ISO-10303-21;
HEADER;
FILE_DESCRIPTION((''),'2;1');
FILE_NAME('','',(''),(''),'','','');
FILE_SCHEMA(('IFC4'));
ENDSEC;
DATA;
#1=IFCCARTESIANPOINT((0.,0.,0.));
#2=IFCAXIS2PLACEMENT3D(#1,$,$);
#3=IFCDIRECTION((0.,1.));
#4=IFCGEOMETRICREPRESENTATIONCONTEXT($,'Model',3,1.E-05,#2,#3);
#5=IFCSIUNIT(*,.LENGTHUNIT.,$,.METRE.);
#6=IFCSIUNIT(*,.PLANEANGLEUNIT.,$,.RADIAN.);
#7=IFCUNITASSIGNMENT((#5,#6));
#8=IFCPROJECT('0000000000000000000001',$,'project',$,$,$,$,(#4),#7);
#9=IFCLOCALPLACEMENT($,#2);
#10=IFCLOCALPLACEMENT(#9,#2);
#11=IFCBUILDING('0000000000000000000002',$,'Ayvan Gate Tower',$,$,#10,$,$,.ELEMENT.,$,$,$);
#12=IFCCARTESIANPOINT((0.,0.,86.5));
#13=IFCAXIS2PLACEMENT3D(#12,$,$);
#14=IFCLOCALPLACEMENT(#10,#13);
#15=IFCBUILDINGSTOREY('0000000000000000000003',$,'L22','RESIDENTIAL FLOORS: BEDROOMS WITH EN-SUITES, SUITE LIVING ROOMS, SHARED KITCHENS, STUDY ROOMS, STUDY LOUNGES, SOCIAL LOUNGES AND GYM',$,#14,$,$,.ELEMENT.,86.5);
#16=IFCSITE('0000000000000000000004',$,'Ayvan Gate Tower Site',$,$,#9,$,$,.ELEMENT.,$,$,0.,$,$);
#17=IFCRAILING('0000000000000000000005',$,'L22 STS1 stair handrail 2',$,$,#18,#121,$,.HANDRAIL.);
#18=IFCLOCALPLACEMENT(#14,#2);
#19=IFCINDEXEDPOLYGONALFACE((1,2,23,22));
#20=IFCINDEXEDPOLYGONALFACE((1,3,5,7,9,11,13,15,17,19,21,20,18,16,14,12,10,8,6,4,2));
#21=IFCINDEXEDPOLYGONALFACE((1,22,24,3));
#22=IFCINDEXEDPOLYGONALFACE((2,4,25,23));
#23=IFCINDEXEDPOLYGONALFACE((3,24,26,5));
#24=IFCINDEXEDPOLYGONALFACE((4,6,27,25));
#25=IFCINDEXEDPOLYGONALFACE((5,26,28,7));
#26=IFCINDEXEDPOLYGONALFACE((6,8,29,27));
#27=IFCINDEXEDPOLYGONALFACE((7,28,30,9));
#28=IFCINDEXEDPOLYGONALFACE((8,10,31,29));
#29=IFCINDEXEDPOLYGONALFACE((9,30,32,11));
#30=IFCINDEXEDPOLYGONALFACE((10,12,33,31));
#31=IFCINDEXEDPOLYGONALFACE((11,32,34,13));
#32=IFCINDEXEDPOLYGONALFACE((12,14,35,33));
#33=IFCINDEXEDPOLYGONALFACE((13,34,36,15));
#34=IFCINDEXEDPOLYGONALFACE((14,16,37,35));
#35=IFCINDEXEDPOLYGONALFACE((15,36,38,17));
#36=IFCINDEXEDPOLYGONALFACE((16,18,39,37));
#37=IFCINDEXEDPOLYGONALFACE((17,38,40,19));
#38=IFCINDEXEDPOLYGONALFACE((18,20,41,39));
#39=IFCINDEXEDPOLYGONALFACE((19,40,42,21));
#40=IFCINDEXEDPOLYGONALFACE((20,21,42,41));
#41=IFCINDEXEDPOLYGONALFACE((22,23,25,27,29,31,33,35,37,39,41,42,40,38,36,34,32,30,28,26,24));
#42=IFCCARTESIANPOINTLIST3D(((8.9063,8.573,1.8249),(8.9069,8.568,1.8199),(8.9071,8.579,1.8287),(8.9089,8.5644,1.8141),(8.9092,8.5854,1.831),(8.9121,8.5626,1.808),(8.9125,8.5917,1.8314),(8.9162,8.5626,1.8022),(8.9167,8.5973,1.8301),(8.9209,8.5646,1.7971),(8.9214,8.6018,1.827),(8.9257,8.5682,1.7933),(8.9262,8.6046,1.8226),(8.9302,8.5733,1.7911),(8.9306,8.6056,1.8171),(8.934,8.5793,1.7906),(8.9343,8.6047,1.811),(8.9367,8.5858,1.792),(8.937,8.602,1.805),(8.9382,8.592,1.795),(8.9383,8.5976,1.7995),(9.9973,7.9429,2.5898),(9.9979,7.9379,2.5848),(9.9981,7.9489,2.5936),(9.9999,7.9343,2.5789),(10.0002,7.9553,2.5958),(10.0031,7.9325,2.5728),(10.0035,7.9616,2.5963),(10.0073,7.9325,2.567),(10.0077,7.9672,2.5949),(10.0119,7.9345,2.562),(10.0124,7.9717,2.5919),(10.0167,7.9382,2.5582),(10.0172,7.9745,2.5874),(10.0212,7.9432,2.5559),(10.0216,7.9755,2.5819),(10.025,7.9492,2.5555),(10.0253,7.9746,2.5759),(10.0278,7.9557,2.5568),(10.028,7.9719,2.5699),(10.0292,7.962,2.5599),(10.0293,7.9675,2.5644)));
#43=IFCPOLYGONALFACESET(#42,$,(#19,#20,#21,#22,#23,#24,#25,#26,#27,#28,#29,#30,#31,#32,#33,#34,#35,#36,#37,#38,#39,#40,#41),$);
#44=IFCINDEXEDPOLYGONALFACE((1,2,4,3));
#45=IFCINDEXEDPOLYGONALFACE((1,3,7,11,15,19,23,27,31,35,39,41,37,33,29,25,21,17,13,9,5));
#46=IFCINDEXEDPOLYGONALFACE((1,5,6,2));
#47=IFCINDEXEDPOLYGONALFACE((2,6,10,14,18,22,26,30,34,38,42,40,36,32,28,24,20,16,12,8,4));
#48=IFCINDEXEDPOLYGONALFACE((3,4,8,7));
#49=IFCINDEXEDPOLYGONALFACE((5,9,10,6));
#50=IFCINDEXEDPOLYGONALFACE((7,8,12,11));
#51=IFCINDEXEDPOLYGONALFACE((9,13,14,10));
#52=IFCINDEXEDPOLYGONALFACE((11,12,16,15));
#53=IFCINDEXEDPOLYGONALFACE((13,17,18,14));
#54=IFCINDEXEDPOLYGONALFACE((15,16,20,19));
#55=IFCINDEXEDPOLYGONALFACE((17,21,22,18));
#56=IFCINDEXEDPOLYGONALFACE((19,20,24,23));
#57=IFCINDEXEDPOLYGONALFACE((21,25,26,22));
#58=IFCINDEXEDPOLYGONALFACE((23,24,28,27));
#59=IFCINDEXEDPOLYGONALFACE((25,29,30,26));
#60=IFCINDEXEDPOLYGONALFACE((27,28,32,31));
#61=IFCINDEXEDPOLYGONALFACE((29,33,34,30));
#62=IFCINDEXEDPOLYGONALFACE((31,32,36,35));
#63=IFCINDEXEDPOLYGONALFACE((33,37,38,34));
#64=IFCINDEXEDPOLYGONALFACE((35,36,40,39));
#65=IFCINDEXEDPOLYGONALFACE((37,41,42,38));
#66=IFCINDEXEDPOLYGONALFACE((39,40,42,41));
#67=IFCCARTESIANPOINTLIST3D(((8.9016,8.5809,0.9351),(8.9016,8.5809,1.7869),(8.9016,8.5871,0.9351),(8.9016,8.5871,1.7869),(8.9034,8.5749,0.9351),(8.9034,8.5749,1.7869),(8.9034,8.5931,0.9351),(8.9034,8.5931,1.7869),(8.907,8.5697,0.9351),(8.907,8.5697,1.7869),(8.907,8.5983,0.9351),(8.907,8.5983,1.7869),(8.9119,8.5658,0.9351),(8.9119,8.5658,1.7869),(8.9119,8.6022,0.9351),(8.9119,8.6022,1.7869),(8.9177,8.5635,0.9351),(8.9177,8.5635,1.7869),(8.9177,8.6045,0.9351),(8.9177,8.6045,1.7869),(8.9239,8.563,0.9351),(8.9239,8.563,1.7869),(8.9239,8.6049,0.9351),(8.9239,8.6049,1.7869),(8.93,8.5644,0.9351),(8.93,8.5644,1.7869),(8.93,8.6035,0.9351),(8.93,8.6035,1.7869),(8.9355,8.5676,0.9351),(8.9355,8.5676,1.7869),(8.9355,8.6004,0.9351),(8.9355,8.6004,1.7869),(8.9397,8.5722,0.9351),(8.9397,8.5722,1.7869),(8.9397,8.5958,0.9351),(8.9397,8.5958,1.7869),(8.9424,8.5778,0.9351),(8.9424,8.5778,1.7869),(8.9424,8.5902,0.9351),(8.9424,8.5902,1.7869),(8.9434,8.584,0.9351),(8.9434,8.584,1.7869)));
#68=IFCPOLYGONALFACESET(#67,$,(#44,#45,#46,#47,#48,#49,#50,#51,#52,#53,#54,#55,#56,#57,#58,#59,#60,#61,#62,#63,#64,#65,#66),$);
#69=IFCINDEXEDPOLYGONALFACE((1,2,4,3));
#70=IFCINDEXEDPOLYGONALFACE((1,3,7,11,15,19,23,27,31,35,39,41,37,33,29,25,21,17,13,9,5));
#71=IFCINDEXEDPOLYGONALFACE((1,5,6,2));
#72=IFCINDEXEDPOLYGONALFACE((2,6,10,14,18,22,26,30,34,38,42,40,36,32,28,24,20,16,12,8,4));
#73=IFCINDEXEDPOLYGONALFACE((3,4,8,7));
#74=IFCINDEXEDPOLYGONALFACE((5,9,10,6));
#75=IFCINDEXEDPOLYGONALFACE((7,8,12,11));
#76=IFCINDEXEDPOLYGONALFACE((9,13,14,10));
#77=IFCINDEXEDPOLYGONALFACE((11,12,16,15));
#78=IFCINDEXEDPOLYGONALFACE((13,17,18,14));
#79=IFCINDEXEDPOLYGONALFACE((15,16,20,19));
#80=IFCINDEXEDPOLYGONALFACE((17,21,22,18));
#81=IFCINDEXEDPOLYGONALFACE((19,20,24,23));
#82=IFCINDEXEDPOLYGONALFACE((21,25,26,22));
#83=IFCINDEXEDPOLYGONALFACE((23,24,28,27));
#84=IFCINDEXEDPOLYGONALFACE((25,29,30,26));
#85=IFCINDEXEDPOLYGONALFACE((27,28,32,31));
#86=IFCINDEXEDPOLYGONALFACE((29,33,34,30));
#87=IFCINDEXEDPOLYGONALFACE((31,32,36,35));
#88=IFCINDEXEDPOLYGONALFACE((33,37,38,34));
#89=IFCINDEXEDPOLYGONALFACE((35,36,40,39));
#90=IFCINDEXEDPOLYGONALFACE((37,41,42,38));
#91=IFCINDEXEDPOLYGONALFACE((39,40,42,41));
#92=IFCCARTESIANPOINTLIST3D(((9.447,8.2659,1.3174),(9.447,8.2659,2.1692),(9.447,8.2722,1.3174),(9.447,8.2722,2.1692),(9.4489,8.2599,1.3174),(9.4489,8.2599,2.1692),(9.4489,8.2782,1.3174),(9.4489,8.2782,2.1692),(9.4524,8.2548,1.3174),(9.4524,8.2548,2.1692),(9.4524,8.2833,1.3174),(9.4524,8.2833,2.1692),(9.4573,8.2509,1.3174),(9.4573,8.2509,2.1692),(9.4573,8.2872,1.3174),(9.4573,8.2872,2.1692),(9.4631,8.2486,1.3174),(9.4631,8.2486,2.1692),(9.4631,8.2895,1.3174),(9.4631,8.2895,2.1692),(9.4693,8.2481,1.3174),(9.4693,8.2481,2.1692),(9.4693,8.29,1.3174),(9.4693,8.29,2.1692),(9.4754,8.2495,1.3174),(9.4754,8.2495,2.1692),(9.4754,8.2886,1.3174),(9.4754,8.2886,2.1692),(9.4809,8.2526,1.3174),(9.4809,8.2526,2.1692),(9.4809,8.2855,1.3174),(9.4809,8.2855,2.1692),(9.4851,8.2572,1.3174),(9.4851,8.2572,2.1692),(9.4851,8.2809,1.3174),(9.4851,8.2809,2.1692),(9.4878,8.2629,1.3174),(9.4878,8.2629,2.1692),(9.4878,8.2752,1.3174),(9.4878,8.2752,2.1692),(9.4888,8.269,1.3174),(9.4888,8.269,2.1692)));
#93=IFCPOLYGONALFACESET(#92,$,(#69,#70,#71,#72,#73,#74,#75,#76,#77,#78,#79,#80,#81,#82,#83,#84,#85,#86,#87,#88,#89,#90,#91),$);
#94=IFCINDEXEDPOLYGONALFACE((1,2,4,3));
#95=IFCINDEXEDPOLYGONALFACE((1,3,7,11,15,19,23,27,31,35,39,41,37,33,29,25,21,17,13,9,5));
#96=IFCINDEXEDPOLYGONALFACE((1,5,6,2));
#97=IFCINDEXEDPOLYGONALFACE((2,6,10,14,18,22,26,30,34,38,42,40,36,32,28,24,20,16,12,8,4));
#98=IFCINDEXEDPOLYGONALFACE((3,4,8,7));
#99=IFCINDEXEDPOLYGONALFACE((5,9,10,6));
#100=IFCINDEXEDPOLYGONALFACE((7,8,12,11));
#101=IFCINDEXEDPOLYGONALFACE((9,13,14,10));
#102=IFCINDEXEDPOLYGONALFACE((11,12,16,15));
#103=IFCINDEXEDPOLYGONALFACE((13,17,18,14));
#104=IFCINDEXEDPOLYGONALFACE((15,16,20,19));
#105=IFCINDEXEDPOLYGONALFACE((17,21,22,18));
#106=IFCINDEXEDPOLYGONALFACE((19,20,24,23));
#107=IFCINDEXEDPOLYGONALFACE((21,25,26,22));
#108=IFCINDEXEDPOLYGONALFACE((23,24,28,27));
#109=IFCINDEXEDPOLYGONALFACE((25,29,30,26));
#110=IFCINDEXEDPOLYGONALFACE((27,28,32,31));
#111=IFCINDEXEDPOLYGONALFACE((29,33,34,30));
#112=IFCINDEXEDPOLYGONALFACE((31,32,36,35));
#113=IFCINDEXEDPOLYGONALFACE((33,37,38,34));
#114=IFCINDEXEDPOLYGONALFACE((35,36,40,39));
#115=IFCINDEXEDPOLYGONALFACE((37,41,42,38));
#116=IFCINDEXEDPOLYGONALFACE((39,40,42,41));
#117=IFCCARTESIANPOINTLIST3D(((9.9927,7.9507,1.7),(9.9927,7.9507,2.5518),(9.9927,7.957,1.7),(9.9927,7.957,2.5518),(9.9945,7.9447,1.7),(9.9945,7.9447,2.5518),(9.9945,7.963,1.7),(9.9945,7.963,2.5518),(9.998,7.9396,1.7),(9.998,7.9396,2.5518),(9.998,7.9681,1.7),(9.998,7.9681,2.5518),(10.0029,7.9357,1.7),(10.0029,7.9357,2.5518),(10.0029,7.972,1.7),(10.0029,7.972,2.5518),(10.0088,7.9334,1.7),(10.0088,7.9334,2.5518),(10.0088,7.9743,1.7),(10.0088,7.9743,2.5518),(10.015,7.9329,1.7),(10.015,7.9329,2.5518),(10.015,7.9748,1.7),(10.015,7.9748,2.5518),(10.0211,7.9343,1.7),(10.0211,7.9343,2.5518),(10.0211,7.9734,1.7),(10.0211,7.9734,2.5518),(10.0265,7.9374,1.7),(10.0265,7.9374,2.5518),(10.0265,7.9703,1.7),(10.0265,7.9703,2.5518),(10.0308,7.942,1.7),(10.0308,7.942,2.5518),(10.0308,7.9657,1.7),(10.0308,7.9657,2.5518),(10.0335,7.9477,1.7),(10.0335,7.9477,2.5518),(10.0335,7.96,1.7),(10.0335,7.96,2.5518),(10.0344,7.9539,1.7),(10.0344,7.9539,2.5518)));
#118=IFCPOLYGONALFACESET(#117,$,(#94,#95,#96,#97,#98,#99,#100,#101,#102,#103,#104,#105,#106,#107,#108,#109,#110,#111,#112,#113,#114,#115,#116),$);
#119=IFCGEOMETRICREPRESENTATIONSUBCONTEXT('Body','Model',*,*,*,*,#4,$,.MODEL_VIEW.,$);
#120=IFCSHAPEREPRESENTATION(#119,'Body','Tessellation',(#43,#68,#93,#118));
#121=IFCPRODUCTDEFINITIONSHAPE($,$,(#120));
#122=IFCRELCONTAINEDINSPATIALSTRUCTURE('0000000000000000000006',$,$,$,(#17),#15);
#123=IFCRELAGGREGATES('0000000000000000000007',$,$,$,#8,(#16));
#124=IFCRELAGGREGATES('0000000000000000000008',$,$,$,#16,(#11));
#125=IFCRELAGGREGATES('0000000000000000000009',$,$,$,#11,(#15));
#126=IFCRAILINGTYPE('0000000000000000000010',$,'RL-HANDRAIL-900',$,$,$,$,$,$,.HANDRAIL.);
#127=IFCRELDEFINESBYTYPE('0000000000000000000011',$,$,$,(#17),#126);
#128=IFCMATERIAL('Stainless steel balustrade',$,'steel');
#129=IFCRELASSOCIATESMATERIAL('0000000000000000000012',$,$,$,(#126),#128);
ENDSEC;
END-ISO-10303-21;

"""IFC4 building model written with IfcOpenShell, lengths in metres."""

from ifc_helpers import new_model, si_unit, direction, frame, origin, origin_2d, place, context, subcontext, project, spatial, circle, extrude, material, type_object, element, save


model = new_model("IFC4")

# Units and contexts
model_context = context("Model", 3, precision=1e-05, world=origin(), true_north=direction((0.0, 1.0)))
body_context = subcontext(model_context, "Body", "Model", "MODEL_VIEW")
ifc_project = project(units=[si_unit("LENGTHUNIT", "METRE"), si_unit("PLANEANGLEUNIT", "RADIAN")], contexts=[model_context])

# Site, building, storey
site_placement = place(None, origin())
site = spatial("IfcSite", under=ifc_project, at=site_placement, Name="Ayvan Gate Tower Site", CompositionType="ELEMENT", RefElevation=0.0)
building_placement = place(site_placement, origin())
building = spatial("IfcBuilding", under=site, at=building_placement, Name="Ayvan Gate Tower", CompositionType="ELEMENT")
storey_placement = place(building_placement, frame((0.0, 0.0, 86.5)))
storey = spatial("IfcBuildingStorey", under=building, at=storey_placement, Name="L22", Description="RESIDENTIAL FLOORS: BEDROOMS WITH EN-SUITES, SUITE LIVING ROOMS, SHARED KITCHENS, STUDY ROOMS, STUDY LOUNGES, SOCIAL LOUNGES AND GYM", CompositionType="ELEMENT", Elevation=86.5)

# Railing
ifc_material_1 = material(Name="Stainless steel balustrade", Category="steel")
railing_type_1 = type_object("IfcRailingType", Name="RL-HANDRAIL-900", PredefinedType="HANDRAIL", material=ifc_material_1)
railing_1_placement = place(storey_placement, frame((8.9224, 8.584, 0.9351)))
element("IfcRailing", 1, at=railing_1_placement, inside=storey, type_object=railing_type_1, Name="L22 STS1 stair handrail 2", PredefinedType="HANDRAIL", context=body_context, shape_type="SweptSolid", body=[
    extrude(circle(Radius=0.0239, at=origin_2d()), frame((0.0, 0.0, 0.876), z_axis=(0.740229, -0.427508, 0.518939), x_axis=(0.500119, 0.865956, 0.0)), (0.0, 0.0, 1.0), 1.4739),
    extrude(circle(Radius=0.021, at=origin_2d()), origin(), (0.0, 0.0, 1.0), 0.8518),
    extrude(circle(Radius=0.021, at=origin_2d()), frame((0.5454, -0.3149, 0.3823)), (0.0, 0.0, 1.0), 0.8518),
    extrude(circle(Radius=0.021, at=origin_2d()), frame((1.0911, -0.6301, 0.7649)), (0.0, 0.0, 1.0), 0.8518),
])

save(model, "model.ifc")
